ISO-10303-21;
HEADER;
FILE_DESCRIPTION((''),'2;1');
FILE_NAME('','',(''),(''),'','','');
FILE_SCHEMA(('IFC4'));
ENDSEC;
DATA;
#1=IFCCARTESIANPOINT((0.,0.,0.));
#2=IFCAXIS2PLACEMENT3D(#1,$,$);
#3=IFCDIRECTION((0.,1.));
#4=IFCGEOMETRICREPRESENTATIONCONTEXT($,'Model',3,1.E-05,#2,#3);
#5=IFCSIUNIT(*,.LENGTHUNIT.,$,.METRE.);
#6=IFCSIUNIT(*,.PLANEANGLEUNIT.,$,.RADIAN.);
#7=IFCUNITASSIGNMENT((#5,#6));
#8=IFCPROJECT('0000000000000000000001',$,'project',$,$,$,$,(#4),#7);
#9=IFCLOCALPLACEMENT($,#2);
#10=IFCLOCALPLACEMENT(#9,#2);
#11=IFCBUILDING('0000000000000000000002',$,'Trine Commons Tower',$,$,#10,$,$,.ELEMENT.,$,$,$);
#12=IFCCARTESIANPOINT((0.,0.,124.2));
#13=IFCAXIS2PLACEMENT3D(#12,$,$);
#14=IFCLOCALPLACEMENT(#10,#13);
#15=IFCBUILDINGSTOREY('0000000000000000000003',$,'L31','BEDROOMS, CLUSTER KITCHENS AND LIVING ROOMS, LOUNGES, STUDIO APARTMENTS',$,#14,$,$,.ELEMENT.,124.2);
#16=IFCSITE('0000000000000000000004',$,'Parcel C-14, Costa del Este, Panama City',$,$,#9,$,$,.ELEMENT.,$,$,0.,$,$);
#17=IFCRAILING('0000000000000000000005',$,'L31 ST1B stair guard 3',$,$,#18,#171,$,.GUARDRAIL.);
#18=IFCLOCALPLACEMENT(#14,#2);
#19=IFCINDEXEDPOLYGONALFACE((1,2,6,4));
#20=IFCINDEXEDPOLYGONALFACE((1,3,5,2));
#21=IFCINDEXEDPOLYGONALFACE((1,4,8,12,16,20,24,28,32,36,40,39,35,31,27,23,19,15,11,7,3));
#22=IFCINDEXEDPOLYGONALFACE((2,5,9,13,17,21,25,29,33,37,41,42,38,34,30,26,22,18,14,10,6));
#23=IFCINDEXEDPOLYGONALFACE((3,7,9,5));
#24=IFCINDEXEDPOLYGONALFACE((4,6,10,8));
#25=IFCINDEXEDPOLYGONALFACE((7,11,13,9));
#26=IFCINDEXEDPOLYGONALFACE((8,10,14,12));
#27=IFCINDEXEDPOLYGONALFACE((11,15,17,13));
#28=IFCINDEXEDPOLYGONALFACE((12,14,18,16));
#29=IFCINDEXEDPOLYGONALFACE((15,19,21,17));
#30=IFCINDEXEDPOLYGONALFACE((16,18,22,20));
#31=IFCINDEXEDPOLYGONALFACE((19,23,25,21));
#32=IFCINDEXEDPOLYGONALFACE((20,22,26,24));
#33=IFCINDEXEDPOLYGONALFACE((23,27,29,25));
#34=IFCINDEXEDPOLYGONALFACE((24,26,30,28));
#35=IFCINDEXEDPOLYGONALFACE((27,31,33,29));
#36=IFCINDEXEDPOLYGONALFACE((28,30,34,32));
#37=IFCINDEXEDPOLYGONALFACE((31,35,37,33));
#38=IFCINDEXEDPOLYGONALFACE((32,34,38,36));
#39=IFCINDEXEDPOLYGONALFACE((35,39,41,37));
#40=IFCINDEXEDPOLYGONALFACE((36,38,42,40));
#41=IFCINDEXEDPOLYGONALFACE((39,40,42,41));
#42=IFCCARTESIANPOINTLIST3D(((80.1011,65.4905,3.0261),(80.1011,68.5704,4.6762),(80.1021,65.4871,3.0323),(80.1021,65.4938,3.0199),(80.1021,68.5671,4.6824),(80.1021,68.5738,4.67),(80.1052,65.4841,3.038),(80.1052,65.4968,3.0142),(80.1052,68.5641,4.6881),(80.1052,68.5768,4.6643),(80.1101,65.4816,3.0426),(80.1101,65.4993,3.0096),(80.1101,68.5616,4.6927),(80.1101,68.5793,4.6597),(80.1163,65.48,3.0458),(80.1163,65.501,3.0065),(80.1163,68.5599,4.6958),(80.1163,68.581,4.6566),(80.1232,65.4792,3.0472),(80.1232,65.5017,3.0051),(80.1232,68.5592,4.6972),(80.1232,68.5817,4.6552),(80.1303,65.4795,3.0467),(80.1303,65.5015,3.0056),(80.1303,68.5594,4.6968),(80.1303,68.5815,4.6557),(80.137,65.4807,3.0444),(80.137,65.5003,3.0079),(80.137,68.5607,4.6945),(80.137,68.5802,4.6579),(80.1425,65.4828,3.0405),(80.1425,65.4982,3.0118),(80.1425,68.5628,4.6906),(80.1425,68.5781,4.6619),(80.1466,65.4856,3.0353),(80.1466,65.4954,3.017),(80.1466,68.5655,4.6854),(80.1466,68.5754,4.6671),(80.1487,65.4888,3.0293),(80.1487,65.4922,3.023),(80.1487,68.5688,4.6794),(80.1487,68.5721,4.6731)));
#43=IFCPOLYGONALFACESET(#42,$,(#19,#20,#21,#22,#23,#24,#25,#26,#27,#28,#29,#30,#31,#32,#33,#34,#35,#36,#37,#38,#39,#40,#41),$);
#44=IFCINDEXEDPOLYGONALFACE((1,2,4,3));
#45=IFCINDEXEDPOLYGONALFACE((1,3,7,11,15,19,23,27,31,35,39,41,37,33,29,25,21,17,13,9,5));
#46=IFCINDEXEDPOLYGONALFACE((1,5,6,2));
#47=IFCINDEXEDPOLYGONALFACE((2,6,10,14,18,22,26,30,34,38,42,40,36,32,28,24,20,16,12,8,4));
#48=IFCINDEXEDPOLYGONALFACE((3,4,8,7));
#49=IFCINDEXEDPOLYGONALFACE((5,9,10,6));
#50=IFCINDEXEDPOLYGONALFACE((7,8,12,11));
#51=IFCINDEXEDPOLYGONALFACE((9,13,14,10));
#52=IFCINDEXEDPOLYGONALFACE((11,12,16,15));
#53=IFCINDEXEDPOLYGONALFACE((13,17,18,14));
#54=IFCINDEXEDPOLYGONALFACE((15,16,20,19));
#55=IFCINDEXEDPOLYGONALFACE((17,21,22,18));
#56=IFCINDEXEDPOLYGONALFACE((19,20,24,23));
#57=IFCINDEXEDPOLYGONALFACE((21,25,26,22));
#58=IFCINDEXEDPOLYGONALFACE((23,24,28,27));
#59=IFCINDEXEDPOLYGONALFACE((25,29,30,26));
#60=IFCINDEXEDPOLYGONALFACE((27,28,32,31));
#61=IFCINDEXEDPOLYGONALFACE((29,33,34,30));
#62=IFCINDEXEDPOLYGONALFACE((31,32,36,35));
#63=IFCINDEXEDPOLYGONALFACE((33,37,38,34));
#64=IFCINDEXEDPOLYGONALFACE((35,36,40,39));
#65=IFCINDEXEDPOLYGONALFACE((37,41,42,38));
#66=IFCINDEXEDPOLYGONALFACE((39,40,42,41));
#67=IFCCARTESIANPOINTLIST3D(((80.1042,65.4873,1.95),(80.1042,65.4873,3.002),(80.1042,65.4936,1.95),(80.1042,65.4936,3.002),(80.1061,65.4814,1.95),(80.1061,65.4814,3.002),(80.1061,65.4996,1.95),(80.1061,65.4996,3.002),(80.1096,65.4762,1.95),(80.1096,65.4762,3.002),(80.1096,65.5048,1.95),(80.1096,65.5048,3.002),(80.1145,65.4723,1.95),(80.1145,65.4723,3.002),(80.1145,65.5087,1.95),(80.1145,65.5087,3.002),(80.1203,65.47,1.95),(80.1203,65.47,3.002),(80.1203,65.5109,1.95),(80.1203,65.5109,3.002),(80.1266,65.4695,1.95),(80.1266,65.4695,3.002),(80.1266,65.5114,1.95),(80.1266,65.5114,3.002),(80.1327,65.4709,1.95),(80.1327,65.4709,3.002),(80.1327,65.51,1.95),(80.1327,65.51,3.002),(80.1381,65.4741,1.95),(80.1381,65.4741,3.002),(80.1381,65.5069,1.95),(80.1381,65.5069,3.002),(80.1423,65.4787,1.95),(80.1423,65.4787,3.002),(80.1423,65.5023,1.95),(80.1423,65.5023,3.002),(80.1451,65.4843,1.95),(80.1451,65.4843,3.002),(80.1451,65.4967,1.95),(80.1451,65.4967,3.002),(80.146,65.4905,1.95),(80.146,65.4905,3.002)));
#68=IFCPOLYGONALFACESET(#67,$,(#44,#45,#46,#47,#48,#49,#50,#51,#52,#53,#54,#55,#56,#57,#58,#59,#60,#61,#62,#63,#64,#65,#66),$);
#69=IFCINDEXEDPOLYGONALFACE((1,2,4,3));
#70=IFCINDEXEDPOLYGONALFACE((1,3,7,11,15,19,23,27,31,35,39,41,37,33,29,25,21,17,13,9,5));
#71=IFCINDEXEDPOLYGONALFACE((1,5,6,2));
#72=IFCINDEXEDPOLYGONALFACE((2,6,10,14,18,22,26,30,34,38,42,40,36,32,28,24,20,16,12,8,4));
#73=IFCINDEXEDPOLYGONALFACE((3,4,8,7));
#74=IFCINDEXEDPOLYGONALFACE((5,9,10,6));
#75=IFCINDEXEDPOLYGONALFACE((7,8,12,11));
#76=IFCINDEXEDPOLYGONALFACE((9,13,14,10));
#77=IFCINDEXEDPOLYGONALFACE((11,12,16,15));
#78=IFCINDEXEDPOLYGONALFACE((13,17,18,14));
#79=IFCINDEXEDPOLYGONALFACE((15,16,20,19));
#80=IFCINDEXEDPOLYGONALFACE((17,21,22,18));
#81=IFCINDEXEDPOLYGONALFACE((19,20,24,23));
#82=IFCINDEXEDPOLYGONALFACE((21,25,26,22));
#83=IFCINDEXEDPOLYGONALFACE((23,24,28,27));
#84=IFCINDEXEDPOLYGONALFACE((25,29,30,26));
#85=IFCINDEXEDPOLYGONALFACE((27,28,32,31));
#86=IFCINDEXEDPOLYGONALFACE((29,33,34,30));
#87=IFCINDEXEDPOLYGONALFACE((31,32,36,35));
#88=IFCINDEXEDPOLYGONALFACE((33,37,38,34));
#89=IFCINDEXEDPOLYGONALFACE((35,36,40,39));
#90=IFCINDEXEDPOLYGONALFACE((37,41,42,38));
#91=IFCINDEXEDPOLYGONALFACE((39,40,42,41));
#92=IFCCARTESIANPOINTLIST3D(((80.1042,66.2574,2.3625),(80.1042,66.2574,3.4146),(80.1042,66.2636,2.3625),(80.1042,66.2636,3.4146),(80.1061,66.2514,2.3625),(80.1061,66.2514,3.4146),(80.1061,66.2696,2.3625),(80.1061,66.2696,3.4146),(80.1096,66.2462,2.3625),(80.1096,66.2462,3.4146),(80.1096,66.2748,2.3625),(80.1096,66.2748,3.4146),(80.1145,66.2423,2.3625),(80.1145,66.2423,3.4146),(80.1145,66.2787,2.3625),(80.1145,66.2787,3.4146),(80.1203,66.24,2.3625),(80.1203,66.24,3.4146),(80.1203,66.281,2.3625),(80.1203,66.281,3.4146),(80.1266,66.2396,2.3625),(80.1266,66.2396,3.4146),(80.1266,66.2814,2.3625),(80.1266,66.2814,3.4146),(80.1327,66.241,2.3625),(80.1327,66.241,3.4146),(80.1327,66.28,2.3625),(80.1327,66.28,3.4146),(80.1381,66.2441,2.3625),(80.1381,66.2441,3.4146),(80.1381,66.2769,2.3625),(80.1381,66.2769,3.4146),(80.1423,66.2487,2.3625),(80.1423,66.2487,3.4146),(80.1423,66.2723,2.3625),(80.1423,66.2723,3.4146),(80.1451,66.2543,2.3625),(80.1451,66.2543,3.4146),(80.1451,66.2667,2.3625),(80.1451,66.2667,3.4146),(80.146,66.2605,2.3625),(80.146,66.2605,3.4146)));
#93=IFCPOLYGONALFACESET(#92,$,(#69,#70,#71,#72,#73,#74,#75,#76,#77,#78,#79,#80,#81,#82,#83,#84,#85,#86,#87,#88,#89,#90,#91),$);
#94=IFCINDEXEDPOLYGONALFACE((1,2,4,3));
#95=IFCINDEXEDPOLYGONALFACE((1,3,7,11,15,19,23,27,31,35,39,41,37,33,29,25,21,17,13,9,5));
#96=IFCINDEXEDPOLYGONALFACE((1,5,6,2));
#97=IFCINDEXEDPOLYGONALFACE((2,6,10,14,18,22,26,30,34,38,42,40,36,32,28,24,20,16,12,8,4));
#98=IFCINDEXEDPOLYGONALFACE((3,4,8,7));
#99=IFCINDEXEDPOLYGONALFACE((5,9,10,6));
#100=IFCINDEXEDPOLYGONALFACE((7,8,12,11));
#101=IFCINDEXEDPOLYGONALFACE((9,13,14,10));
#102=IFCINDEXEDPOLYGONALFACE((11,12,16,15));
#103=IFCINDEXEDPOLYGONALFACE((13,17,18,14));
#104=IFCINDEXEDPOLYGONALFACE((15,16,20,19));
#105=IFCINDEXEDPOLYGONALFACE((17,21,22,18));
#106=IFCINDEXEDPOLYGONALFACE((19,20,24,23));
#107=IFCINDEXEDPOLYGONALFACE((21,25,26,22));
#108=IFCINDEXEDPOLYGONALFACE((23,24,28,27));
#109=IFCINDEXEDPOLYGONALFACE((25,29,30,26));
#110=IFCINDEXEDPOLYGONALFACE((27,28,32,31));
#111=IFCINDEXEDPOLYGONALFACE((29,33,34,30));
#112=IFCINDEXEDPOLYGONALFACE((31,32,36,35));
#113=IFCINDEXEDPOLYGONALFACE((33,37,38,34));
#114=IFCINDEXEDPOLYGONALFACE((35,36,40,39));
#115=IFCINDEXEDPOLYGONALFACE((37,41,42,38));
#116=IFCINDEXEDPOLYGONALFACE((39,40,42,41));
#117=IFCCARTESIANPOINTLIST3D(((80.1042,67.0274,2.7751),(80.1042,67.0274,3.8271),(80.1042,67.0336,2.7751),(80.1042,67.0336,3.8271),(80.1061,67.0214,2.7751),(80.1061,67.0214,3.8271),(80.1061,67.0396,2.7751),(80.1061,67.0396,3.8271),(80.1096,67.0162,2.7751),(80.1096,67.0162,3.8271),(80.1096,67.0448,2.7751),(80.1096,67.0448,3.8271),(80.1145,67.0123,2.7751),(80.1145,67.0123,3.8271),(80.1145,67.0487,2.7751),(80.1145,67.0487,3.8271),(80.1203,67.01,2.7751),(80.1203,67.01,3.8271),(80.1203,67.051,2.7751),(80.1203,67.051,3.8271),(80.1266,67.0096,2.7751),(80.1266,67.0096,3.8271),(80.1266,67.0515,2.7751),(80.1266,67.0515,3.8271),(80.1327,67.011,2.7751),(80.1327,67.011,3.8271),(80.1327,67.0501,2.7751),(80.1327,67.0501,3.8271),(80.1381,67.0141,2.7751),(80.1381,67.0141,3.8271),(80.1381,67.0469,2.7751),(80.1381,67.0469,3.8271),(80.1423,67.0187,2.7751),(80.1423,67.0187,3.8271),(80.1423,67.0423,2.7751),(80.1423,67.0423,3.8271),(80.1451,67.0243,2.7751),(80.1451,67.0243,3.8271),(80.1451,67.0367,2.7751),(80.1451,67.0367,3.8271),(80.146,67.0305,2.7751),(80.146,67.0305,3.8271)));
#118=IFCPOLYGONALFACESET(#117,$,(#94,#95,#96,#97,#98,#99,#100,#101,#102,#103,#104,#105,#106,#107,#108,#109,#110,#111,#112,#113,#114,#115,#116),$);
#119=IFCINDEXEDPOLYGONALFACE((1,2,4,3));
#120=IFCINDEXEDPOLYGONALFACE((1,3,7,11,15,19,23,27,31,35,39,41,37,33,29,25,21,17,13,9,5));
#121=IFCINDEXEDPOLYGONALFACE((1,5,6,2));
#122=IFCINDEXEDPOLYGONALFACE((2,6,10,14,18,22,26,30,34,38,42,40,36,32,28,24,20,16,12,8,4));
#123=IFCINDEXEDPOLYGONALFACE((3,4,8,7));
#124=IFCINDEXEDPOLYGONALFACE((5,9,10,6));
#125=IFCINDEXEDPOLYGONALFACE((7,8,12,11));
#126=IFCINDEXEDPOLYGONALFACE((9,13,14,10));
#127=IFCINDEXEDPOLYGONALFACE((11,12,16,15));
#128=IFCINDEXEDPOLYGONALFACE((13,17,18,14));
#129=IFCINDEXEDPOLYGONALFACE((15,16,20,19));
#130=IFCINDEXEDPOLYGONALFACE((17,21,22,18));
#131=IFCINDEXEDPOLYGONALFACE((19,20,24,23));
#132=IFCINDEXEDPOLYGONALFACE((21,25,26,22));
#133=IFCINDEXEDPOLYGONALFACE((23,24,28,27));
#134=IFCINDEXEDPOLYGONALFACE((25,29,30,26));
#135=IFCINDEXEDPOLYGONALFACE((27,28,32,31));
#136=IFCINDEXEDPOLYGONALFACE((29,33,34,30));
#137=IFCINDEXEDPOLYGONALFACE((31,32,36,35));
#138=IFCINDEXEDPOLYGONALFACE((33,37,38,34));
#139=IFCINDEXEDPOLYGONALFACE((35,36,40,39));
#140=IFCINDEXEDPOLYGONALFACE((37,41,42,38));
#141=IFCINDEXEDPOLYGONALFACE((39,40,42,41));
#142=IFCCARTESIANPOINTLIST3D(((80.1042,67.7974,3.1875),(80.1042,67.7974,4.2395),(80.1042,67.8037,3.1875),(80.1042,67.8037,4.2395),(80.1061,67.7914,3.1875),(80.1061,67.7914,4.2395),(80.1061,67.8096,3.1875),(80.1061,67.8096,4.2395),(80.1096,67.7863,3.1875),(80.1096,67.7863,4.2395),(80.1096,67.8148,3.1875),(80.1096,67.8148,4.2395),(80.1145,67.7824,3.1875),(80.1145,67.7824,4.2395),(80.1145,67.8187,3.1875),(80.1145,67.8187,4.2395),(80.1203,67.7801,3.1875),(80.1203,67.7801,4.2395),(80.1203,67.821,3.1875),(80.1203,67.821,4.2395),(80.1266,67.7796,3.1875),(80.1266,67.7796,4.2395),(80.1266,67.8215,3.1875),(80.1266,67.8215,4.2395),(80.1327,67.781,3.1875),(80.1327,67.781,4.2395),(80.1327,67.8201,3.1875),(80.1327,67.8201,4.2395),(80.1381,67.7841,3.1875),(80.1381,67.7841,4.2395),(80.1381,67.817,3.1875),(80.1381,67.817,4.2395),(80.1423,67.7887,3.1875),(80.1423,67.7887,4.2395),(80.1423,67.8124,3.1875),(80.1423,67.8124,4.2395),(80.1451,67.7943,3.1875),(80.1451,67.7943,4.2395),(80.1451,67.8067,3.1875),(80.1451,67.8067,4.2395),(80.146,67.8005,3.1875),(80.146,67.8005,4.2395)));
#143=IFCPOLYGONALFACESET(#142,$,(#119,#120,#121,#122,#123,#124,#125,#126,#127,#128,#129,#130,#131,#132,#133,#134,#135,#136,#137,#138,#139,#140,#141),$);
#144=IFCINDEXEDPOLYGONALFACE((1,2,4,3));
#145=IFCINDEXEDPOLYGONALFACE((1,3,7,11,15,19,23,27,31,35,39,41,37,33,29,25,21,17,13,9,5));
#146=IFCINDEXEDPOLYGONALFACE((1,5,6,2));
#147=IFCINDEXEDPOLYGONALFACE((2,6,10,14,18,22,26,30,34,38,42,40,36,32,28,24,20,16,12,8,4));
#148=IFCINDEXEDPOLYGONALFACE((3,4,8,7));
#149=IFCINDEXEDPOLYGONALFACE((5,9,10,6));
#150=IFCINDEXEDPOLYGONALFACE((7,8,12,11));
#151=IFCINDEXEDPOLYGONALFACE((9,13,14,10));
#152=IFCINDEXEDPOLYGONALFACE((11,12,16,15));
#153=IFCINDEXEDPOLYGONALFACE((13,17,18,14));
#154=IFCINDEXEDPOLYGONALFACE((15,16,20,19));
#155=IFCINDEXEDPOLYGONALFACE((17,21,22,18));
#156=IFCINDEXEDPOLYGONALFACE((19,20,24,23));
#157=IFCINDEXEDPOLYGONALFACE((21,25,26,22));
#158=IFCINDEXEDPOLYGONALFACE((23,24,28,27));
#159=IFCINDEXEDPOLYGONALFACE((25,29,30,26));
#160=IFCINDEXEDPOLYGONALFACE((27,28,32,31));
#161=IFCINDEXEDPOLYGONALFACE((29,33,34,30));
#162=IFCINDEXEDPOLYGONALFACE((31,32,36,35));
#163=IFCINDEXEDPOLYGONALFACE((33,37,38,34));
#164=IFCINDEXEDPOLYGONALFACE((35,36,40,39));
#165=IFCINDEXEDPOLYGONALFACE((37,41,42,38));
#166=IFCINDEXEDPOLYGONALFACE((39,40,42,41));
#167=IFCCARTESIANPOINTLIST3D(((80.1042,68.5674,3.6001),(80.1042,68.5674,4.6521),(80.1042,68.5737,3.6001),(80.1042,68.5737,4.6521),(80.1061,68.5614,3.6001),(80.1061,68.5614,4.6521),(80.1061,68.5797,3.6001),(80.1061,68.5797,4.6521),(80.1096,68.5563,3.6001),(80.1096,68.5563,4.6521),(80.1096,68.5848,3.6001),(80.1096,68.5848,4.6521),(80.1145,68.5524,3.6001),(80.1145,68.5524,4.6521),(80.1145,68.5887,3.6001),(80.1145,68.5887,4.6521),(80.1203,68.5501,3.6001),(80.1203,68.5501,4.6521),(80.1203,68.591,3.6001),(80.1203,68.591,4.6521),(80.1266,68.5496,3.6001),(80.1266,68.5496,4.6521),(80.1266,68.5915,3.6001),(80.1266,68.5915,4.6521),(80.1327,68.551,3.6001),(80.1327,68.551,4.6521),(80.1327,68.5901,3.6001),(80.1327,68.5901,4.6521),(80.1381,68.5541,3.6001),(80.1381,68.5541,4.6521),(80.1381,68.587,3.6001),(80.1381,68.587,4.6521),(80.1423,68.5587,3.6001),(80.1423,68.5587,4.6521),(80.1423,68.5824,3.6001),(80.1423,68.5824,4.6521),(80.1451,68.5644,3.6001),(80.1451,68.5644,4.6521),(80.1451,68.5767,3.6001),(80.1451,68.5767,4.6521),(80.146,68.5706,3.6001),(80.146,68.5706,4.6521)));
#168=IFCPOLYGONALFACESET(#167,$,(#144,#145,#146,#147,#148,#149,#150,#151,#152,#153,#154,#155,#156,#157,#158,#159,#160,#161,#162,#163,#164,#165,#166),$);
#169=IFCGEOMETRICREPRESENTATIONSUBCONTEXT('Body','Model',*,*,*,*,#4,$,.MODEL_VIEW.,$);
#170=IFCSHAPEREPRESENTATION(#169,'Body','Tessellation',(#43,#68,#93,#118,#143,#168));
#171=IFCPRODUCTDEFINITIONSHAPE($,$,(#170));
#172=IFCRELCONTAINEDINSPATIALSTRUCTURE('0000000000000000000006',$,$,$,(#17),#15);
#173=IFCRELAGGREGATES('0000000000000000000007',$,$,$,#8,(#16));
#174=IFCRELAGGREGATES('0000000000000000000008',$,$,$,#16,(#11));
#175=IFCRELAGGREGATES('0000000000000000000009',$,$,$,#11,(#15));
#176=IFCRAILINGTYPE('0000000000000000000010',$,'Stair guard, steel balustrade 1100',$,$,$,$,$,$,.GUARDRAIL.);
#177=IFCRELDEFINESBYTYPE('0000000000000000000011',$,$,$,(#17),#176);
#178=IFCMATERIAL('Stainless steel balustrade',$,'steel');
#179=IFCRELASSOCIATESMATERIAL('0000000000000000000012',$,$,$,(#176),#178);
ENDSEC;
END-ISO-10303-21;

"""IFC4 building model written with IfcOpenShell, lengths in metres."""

from ifc_helpers import new_model, si_unit, direction, frame, origin, origin_2d, place, context, subcontext, project, spatial, circle, extrude, material, type_object, element, save


model = new_model("IFC4")

# Units and contexts
model_context = context("Model", 3, precision=1e-05, world=origin(), true_north=direction((0.0, 1.0)))
body_context = subcontext(model_context, "Body", "Model", "MODEL_VIEW")
ifc_project = project(units=[si_unit("LENGTHUNIT", "METRE"), si_unit("PLANEANGLEUNIT", "RADIAN")], contexts=[model_context])

# Site, building, storey
site_placement = place(None, origin())
site = spatial("IfcSite", under=ifc_project, at=site_placement, Name="Parcel C-14, Costa del Este, Panama City", CompositionType="ELEMENT", RefElevation=0.0)
building_placement = place(site_placement, origin())
building = spatial("IfcBuilding", under=site, at=building_placement, Name="Trine Commons Tower", CompositionType="ELEMENT")
storey_placement = place(building_placement, frame((0.0, 0.0, 124.2)))
storey = spatial("IfcBuildingStorey", under=building, at=storey_placement, Name="L31", Description="BEDROOMS, CLUSTER KITCHENS AND LIVING ROOMS, LOUNGES, STUDIO APARTMENTS", CompositionType="ELEMENT", Elevation=124.2)

# Railing
ifc_material_1 = material(Name="Stainless steel balustrade", Category="steel")
railing_type_1 = type_object("IfcRailingType", Name="Stair guard, steel balustrade 1100", PredefinedType="GUARDRAIL", material=ifc_material_1)
railing_1_placement = place(storey_placement, frame((80.125, 65.4905, 1.95)))
element("IfcRailing", 1, at=railing_1_placement, inside=storey, type_object=railing_type_1, Name="L31 ST1B stair guard 3", PredefinedType="GUARDRAIL", context=body_context, shape_type="SweptSolid", body=[
    extrude(circle(Radius=0.0239, at=origin_2d()), frame((0.0, 0.0, 1.0762), z_axis=(0.0, 0.881468, 0.472245), x_axis=(-1.0, 0.0, 0.0)), (0.0, 0.0, 1.0), 3.4941),
    extrude(circle(Radius=0.021, at=origin_2d()), origin(), (0.0, 0.0, 1.0), 1.052),
    extrude(circle(Radius=0.021, at=origin_2d()), frame((0.0, 0.77, 0.4126)), (0.0, 0.0, 1.0), 1.052),
    extrude(circle(Radius=0.021, at=origin_2d()), frame((0.0, 1.54, 0.8252)), (0.0, 0.0, 1.0), 1.052),
    extrude(circle(Radius=0.021, at=origin_2d()), frame((0.0, 2.3101, 1.2375)), (0.0, 0.0, 1.0), 1.052),
    extrude(circle(Radius=0.021, at=origin_2d()), frame((0.0, 3.0801, 1.6501)), (0.0, 0.0, 1.0), 1.052),
])

save(model, "model.ifc")
